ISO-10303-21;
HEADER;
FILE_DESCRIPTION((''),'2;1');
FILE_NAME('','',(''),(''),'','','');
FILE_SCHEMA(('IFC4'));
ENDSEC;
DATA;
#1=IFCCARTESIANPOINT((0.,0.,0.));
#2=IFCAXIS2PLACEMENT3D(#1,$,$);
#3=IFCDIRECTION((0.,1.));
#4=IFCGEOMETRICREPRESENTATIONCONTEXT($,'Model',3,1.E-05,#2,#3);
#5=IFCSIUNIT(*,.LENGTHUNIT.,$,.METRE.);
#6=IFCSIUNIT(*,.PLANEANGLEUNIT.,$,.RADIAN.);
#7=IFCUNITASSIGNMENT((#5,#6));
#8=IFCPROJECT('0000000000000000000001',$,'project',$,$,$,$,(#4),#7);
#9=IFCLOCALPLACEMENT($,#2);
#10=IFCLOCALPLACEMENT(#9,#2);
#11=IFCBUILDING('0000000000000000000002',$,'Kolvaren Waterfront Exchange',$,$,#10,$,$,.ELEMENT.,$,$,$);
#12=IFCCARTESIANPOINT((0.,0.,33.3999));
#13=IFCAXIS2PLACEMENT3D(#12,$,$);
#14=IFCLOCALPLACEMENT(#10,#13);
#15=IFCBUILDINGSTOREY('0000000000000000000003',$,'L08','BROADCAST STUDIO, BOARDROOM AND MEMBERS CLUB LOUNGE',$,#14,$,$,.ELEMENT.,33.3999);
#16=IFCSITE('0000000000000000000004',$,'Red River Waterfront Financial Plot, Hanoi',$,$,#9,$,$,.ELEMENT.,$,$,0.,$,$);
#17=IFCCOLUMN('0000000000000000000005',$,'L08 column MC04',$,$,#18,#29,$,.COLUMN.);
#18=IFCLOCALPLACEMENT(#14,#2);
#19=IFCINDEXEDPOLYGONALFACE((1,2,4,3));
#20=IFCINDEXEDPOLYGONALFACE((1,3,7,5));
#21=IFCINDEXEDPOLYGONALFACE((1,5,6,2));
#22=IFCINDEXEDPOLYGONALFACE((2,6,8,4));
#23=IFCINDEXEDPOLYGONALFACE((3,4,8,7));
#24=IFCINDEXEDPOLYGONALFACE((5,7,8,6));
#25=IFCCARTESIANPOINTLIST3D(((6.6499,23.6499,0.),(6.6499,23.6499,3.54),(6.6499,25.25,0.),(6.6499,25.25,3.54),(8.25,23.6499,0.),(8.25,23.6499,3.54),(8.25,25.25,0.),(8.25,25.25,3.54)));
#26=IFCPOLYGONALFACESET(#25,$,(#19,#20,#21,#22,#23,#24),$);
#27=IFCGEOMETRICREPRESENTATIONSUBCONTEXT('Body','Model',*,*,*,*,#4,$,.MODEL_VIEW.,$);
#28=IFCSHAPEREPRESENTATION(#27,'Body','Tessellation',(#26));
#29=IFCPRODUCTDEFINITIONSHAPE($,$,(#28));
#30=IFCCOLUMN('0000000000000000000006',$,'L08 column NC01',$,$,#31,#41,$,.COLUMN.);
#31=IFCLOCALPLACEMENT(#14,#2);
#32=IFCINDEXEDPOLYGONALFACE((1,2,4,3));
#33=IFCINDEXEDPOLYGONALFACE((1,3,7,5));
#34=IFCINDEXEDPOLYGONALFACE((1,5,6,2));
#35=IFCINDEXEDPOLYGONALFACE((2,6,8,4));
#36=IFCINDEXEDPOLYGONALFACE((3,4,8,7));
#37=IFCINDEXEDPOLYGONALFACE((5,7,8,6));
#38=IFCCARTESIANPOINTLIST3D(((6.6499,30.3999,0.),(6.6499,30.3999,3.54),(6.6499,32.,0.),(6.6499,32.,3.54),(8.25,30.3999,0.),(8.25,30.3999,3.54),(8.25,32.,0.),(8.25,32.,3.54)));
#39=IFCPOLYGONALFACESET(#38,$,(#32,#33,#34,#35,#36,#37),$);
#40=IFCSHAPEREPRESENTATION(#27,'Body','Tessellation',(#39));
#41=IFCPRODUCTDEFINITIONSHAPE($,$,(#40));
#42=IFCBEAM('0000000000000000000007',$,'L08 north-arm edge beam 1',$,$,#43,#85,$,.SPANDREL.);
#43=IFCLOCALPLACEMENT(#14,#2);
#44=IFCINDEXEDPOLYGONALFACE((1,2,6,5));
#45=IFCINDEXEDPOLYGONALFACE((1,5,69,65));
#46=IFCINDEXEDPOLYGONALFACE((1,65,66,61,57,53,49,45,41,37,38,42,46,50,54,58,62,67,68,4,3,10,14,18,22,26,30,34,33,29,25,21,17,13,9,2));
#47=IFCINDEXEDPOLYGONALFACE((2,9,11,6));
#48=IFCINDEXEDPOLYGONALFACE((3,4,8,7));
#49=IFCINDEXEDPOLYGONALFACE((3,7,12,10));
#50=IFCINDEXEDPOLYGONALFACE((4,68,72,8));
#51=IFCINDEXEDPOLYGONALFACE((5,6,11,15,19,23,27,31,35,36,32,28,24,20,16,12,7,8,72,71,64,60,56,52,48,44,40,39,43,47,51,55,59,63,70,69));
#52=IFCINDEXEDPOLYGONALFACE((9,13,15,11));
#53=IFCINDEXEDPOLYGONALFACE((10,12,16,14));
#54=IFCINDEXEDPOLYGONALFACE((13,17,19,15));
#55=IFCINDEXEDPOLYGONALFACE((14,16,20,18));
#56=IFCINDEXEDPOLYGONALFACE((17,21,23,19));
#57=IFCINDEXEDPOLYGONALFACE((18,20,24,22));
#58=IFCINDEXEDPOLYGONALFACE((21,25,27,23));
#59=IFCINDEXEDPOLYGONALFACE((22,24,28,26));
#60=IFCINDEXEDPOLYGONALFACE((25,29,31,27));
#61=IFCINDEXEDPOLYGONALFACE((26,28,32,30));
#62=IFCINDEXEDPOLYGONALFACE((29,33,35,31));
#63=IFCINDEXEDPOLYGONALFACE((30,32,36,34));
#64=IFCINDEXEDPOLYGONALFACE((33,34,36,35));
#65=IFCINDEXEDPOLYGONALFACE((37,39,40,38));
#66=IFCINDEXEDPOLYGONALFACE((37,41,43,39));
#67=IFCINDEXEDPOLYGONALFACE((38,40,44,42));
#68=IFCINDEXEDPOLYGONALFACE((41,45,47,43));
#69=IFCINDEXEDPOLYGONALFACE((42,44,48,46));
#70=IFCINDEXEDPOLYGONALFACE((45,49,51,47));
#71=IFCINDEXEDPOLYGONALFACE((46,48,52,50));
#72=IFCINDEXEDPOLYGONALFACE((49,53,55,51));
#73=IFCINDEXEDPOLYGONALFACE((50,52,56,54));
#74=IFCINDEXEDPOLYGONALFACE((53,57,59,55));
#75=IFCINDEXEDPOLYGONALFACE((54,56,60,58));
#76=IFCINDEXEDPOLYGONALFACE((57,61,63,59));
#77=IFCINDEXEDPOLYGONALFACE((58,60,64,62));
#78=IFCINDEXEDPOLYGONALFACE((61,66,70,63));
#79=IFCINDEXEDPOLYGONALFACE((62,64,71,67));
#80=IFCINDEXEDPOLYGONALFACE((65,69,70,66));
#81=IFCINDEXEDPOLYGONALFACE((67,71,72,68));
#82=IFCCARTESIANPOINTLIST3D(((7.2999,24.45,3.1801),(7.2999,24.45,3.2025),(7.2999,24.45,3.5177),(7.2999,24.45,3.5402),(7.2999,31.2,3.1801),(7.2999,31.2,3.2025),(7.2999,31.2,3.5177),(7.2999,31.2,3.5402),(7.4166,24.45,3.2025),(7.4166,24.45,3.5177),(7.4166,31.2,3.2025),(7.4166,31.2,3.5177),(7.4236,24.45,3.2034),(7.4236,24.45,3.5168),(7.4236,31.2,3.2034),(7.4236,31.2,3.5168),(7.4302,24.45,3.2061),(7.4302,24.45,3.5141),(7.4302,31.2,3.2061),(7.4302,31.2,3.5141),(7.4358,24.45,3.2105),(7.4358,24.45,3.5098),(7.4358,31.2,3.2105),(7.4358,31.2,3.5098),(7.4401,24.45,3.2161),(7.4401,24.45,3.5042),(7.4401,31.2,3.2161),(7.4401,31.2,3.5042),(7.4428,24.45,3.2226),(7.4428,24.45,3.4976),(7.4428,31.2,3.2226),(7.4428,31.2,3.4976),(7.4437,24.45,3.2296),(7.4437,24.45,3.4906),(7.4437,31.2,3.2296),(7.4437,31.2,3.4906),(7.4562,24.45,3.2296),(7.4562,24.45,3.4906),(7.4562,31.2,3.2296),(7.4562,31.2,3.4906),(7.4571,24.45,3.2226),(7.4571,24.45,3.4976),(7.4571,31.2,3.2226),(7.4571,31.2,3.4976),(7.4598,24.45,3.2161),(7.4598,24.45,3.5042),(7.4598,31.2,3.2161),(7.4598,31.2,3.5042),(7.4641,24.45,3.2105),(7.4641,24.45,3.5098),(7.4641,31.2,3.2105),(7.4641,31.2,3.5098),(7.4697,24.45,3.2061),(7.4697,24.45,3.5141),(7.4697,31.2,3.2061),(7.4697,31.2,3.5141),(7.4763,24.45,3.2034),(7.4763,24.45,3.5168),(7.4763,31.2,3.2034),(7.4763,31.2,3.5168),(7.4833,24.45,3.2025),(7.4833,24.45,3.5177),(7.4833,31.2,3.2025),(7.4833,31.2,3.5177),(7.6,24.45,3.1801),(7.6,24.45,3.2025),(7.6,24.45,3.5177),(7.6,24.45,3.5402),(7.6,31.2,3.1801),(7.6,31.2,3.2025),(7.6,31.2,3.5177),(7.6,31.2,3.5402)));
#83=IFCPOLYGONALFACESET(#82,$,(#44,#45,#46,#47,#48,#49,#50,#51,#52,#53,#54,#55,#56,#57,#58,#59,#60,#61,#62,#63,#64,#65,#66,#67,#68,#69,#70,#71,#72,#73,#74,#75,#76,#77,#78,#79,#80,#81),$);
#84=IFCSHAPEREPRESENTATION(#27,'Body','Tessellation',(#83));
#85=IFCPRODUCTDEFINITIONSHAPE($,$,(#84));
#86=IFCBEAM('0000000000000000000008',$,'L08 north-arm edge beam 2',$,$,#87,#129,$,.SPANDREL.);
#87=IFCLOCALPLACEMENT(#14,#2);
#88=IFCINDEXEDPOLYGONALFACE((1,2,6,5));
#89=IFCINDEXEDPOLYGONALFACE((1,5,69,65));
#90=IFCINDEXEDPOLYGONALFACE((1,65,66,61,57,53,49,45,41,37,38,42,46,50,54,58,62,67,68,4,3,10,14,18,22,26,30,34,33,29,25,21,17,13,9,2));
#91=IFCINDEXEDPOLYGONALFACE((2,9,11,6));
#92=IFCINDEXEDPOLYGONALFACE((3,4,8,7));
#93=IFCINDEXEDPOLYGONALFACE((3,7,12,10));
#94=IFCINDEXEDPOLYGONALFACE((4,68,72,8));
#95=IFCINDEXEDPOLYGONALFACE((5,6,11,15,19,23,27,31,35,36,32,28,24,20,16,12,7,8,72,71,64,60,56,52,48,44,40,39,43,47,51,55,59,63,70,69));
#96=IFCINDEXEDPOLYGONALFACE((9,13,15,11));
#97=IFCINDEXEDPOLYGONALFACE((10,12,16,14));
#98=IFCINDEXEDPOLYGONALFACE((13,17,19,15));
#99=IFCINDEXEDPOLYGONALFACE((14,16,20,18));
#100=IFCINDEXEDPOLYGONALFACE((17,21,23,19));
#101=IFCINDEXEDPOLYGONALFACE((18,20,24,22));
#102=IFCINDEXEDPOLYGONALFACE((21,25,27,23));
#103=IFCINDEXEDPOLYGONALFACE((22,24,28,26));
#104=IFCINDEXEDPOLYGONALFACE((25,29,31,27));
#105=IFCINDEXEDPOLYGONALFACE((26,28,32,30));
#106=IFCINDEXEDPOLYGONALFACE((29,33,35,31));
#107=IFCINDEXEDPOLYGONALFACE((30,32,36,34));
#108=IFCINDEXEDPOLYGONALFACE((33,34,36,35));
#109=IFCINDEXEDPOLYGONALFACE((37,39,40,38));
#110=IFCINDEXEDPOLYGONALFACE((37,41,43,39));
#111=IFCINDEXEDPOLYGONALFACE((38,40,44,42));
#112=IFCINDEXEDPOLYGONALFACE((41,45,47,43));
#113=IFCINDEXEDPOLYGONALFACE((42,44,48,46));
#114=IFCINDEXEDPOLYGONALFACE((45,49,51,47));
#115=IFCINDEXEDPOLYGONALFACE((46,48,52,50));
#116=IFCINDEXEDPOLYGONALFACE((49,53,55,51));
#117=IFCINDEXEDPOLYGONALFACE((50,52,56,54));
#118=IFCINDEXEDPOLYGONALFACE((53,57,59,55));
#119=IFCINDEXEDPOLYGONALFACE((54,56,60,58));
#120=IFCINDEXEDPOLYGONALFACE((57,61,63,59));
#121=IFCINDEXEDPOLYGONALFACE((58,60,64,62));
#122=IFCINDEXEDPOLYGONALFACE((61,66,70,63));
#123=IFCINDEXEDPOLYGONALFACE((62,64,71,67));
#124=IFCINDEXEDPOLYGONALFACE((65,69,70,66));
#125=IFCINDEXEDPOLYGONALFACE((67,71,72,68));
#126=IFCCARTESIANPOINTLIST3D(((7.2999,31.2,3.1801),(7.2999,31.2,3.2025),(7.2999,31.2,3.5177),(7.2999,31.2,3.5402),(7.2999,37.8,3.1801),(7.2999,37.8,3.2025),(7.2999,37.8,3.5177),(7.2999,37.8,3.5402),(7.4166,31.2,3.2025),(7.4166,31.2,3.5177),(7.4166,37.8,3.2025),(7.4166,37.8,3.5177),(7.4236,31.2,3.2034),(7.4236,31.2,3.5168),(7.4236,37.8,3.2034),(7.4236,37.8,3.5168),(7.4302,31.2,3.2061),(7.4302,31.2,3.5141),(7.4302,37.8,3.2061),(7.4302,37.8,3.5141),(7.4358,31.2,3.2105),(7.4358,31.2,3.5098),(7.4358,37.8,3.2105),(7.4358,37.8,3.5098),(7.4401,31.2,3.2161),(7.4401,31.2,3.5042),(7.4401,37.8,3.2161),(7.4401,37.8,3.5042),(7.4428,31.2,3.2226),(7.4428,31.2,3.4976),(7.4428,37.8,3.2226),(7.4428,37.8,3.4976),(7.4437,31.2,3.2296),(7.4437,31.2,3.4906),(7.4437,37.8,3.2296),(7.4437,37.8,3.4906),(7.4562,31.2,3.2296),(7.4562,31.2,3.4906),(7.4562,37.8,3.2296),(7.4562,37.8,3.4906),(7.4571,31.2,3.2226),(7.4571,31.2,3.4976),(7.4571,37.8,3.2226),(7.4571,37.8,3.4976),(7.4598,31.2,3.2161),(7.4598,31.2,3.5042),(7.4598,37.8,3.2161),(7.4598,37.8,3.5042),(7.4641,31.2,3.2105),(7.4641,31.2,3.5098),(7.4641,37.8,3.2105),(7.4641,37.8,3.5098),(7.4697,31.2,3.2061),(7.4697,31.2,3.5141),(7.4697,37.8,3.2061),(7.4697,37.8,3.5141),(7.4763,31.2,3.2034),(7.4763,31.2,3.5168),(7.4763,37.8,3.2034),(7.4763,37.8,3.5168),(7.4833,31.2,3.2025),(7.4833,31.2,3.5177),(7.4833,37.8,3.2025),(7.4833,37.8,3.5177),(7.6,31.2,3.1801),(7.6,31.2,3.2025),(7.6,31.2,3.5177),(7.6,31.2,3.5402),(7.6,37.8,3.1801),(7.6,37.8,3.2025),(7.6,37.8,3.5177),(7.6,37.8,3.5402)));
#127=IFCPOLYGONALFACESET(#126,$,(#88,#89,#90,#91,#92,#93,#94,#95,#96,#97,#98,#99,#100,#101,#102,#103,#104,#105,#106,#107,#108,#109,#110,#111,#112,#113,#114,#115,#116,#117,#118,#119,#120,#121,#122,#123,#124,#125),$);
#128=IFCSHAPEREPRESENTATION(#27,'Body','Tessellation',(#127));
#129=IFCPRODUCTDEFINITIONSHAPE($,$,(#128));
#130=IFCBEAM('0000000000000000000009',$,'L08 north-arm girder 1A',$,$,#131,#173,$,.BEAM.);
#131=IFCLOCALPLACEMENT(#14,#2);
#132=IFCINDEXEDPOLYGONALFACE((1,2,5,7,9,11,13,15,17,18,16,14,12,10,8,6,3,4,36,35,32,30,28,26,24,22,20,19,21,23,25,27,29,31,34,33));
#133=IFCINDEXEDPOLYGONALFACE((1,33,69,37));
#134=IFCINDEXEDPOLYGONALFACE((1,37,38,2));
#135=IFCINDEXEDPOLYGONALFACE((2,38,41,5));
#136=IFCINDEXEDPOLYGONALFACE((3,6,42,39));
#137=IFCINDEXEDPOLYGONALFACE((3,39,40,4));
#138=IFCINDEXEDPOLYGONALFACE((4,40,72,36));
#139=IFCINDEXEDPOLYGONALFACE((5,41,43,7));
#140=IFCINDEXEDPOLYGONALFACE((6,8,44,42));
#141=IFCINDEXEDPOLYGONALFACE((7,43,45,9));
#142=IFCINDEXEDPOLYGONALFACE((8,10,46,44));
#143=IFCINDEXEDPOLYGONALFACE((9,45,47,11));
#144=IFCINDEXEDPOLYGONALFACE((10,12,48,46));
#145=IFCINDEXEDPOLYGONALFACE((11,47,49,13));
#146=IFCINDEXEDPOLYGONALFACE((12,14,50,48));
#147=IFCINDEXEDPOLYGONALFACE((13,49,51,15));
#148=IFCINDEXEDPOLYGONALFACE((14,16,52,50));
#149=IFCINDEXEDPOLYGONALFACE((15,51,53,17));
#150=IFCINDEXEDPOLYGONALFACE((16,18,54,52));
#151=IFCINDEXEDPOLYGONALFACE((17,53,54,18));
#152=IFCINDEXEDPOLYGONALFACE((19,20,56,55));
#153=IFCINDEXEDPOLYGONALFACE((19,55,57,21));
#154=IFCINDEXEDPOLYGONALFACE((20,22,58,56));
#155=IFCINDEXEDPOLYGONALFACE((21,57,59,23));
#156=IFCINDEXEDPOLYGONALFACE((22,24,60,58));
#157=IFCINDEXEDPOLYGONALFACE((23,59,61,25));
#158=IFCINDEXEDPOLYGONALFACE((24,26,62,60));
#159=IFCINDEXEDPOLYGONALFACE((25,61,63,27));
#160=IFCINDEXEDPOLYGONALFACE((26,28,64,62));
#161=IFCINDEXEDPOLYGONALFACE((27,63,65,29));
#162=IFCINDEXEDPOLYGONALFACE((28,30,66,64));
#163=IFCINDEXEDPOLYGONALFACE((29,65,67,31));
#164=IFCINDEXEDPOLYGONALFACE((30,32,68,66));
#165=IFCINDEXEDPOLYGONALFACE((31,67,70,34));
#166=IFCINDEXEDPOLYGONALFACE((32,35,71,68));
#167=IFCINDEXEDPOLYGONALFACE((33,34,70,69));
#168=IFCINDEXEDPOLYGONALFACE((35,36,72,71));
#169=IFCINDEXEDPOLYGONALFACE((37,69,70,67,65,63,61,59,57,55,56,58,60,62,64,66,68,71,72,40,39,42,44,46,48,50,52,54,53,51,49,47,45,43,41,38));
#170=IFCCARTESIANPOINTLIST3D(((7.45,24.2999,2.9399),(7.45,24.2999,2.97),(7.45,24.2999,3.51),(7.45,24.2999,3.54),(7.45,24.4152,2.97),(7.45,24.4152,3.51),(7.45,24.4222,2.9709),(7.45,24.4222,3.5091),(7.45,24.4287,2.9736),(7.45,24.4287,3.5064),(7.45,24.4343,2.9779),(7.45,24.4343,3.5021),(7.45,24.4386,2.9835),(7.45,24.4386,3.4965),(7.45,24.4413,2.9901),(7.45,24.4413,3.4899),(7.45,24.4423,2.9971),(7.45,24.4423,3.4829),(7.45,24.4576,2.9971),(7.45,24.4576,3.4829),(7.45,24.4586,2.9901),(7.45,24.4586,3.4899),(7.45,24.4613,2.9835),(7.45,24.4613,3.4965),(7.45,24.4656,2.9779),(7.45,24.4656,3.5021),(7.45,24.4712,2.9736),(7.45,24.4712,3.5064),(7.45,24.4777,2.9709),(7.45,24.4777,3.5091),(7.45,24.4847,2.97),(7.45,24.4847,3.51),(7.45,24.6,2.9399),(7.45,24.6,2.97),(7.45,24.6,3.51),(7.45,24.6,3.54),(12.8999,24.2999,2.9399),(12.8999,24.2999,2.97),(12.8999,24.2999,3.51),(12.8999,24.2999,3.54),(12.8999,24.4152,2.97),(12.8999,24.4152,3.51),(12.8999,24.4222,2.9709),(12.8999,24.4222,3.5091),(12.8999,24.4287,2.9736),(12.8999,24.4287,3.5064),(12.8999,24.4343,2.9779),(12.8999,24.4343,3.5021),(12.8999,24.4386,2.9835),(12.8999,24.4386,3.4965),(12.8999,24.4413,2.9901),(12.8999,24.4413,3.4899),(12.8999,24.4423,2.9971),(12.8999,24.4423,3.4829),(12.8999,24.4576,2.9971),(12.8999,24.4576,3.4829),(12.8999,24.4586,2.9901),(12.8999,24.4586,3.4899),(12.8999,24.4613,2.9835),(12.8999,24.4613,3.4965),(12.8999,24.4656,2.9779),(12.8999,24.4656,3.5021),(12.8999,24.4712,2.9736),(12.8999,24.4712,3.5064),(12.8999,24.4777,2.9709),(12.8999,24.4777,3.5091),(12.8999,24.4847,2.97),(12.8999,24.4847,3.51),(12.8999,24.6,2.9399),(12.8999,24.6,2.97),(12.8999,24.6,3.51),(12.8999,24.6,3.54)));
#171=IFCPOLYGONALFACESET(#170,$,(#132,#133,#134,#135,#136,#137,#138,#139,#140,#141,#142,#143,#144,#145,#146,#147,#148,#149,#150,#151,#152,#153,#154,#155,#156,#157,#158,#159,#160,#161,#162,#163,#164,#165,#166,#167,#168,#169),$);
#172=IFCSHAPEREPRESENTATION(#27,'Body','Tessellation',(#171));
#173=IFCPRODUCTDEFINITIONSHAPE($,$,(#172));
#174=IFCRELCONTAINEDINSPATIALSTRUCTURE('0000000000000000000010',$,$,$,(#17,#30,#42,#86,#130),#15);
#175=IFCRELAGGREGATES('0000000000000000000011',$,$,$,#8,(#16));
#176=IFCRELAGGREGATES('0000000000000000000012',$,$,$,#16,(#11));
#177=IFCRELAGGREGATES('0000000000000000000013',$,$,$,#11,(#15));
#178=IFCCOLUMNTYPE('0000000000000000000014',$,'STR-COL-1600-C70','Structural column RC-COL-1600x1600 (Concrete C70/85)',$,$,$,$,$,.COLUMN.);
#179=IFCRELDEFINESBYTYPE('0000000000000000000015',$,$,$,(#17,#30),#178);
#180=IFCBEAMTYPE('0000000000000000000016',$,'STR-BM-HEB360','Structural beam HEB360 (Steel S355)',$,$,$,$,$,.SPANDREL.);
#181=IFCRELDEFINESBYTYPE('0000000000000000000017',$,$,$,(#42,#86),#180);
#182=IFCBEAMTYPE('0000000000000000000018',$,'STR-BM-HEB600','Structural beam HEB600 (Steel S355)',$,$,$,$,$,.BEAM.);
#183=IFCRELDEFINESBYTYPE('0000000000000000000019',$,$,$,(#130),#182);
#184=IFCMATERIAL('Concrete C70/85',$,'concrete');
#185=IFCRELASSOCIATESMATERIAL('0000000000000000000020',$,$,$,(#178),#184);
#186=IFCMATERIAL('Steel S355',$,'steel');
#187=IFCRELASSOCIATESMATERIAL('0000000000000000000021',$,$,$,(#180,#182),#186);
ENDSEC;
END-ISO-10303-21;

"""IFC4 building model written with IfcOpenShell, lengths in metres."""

from ifc_helpers import new_model, si_unit, direction, frame, origin, origin_2d, place, context, subcontext, project, spatial, rectangle, i_section, extrude, material, material_profile, profile_set, type_object, element, save


model = new_model("IFC4")

# Units and contexts
model_context = context("Model", 3, precision=1e-05, world=origin(), true_north=direction((0.0, 1.0)))
body_context = subcontext(model_context, "Body", "Model", "MODEL_VIEW")
ifc_project = project(units=[si_unit("LENGTHUNIT", "METRE"), si_unit("PLANEANGLEUNIT", "RADIAN")], contexts=[model_context])

# Site, building, storey
site_placement = place(None, origin())
site = spatial("IfcSite", under=ifc_project, at=site_placement, Name="Red River Waterfront Financial Plot, Hanoi", CompositionType="ELEMENT", RefElevation=0.0)
building_placement = place(site_placement, origin())
building = spatial("IfcBuilding", under=site, at=building_placement, Name="Kolvaren Waterfront Exchange", CompositionType="ELEMENT")
storey_placement = place(building_placement, frame((0.0, 0.0, 33.3999)))
storey = spatial("IfcBuildingStorey", under=building, at=storey_placement, Name="L08", Description="BROADCAST STUDIO, BOARDROOM AND MEMBERS CLUB LOUNGE", CompositionType="ELEMENT", Elevation=33.3999)

# Columns
ifc_material_1 = material(Name="Concrete C70/85", Category="concrete")
ifc_material_profile_1 = material_profile(ifc_material_1, rectangle(XDim=1.6001, YDim=1.6001, at=origin_2d()), Name="RC-COL-1600x1600")
ifc_profile_set_1 = profile_set([ifc_material_profile_1], Name="Concrete C70/85")
column_type = type_object("IfcColumnType", Name="STR-COL-1600-C70", Description="Structural column RC-COL-1600x1600 (Concrete C70/85)", PredefinedType="COLUMN", material=ifc_profile_set_1)
for number, where, z_axis, x_axis, name in (
    (1, (7.45, 24.45, 0.0), (0.0, 0.0, 1.0), (1.0, 0.0, 0.0), "L08 column MC04"),
    (2, (7.45, 31.2, 0.0), (0.0, 0.0, 1.0), (1.0, 0.0, 0.0), "L08 column NC01"),
):
    element("IfcColumn", number, at=place(storey_placement, frame(where, z_axis=z_axis, x_axis=x_axis)), inside=storey, type_object=column_type, Name=name, PredefinedType="COLUMN", context=body_context, shape_type="SweptSolid", body=[
        extrude(rectangle(XDim=1.6001, YDim=1.6001, at=origin_2d()), origin(), (0.0, 0.0, 1.0), 3.54),
    ])

# Beams
ifc_material_2 = material(Name="Steel S355", Category="steel")
ifc_material_profile_2 = material_profile(ifc_material_2, i_section(OverallWidth=0.3, OverallDepth=0.3601, WebThickness=0.0125, FlangeThickness=0.0225, FilletRadius=0.0271, at=origin_2d()), Name="HEB360")
ifc_profile_set_2 = profile_set([ifc_material_profile_2], Name="Steel S355")
beam_type_1 = type_object("IfcBeamType", Name="STR-BM-HEB360", Description="Structural beam HEB360 (Steel S355)", PredefinedType="SPANDREL", material=ifc_profile_set_2)
beam_1_placement = place(storey_placement, frame((7.45, 24.45, 3.3601), z_axis=(0.0, 1.0, 0.0), x_axis=(-1.0, 0.0, 0.0)))
element("IfcBeam", 3, at=beam_1_placement, inside=storey, type_object=beam_type_1, Name="L08 north-arm edge beam 1", PredefinedType="SPANDREL", context=body_context, shape_type="SweptSolid", body=[
    extrude(i_section(OverallWidth=0.3, OverallDepth=0.3601, WebThickness=0.0125, FlangeThickness=0.0225, FilletRadius=0.0271, at=origin_2d()), origin(), (0.0, 0.0, 1.0), 6.75),
])
beam_2_placement = place(storey_placement, frame((7.45, 31.2, 3.3601), z_axis=(0.0, 1.0, 0.0), x_axis=(-1.0, 0.0, 0.0)))
element("IfcBeam", 4, at=beam_2_placement, inside=storey, type_object=beam_type_1, Name="L08 north-arm edge beam 2", PredefinedType="SPANDREL", context=body_context, shape_type="SweptSolid", body=[
    extrude(i_section(OverallWidth=0.3, OverallDepth=0.3601, WebThickness=0.0125, FlangeThickness=0.0225, FilletRadius=0.0271, at=origin_2d()), origin(), (0.0, 0.0, 1.0), 6.6001),
])
ifc_material_profile_3 = material_profile(ifc_material_2, i_section(OverallWidth=0.3, OverallDepth=0.6001, WebThickness=0.0154, FlangeThickness=0.03, FilletRadius=0.0271, at=origin_2d()), Name="HEB600")
ifc_profile_set_3 = profile_set([ifc_material_profile_3], Name="Steel S355")
beam_type_2 = type_object("IfcBeamType", Name="STR-BM-HEB600", Description="Structural beam HEB600 (Steel S355)", PredefinedType="BEAM", material=ifc_profile_set_3)
for number, where, z_axis, x_axis, name in (
    (5, (7.45, 24.45, 3.24), (1.0, 0.0, 0.0), (0.0, 1.0, 0.0), "L08 north-arm girder 1A"),
):
    element("IfcBeam", number, at=place(storey_placement, frame(where, z_axis=z_axis, x_axis=x_axis)), inside=storey, type_object=beam_type_2, Name=name, PredefinedType="BEAM", context=body_context, shape_type="SweptSolid", body=[
        extrude(i_section(OverallWidth=0.3, OverallDepth=0.6001, WebThickness=0.0154, FlangeThickness=0.03, FilletRadius=0.0271, at=origin_2d()), origin(), (0.0, 0.0, 1.0), 5.45),
    ])

save(model, "model.ifc")
